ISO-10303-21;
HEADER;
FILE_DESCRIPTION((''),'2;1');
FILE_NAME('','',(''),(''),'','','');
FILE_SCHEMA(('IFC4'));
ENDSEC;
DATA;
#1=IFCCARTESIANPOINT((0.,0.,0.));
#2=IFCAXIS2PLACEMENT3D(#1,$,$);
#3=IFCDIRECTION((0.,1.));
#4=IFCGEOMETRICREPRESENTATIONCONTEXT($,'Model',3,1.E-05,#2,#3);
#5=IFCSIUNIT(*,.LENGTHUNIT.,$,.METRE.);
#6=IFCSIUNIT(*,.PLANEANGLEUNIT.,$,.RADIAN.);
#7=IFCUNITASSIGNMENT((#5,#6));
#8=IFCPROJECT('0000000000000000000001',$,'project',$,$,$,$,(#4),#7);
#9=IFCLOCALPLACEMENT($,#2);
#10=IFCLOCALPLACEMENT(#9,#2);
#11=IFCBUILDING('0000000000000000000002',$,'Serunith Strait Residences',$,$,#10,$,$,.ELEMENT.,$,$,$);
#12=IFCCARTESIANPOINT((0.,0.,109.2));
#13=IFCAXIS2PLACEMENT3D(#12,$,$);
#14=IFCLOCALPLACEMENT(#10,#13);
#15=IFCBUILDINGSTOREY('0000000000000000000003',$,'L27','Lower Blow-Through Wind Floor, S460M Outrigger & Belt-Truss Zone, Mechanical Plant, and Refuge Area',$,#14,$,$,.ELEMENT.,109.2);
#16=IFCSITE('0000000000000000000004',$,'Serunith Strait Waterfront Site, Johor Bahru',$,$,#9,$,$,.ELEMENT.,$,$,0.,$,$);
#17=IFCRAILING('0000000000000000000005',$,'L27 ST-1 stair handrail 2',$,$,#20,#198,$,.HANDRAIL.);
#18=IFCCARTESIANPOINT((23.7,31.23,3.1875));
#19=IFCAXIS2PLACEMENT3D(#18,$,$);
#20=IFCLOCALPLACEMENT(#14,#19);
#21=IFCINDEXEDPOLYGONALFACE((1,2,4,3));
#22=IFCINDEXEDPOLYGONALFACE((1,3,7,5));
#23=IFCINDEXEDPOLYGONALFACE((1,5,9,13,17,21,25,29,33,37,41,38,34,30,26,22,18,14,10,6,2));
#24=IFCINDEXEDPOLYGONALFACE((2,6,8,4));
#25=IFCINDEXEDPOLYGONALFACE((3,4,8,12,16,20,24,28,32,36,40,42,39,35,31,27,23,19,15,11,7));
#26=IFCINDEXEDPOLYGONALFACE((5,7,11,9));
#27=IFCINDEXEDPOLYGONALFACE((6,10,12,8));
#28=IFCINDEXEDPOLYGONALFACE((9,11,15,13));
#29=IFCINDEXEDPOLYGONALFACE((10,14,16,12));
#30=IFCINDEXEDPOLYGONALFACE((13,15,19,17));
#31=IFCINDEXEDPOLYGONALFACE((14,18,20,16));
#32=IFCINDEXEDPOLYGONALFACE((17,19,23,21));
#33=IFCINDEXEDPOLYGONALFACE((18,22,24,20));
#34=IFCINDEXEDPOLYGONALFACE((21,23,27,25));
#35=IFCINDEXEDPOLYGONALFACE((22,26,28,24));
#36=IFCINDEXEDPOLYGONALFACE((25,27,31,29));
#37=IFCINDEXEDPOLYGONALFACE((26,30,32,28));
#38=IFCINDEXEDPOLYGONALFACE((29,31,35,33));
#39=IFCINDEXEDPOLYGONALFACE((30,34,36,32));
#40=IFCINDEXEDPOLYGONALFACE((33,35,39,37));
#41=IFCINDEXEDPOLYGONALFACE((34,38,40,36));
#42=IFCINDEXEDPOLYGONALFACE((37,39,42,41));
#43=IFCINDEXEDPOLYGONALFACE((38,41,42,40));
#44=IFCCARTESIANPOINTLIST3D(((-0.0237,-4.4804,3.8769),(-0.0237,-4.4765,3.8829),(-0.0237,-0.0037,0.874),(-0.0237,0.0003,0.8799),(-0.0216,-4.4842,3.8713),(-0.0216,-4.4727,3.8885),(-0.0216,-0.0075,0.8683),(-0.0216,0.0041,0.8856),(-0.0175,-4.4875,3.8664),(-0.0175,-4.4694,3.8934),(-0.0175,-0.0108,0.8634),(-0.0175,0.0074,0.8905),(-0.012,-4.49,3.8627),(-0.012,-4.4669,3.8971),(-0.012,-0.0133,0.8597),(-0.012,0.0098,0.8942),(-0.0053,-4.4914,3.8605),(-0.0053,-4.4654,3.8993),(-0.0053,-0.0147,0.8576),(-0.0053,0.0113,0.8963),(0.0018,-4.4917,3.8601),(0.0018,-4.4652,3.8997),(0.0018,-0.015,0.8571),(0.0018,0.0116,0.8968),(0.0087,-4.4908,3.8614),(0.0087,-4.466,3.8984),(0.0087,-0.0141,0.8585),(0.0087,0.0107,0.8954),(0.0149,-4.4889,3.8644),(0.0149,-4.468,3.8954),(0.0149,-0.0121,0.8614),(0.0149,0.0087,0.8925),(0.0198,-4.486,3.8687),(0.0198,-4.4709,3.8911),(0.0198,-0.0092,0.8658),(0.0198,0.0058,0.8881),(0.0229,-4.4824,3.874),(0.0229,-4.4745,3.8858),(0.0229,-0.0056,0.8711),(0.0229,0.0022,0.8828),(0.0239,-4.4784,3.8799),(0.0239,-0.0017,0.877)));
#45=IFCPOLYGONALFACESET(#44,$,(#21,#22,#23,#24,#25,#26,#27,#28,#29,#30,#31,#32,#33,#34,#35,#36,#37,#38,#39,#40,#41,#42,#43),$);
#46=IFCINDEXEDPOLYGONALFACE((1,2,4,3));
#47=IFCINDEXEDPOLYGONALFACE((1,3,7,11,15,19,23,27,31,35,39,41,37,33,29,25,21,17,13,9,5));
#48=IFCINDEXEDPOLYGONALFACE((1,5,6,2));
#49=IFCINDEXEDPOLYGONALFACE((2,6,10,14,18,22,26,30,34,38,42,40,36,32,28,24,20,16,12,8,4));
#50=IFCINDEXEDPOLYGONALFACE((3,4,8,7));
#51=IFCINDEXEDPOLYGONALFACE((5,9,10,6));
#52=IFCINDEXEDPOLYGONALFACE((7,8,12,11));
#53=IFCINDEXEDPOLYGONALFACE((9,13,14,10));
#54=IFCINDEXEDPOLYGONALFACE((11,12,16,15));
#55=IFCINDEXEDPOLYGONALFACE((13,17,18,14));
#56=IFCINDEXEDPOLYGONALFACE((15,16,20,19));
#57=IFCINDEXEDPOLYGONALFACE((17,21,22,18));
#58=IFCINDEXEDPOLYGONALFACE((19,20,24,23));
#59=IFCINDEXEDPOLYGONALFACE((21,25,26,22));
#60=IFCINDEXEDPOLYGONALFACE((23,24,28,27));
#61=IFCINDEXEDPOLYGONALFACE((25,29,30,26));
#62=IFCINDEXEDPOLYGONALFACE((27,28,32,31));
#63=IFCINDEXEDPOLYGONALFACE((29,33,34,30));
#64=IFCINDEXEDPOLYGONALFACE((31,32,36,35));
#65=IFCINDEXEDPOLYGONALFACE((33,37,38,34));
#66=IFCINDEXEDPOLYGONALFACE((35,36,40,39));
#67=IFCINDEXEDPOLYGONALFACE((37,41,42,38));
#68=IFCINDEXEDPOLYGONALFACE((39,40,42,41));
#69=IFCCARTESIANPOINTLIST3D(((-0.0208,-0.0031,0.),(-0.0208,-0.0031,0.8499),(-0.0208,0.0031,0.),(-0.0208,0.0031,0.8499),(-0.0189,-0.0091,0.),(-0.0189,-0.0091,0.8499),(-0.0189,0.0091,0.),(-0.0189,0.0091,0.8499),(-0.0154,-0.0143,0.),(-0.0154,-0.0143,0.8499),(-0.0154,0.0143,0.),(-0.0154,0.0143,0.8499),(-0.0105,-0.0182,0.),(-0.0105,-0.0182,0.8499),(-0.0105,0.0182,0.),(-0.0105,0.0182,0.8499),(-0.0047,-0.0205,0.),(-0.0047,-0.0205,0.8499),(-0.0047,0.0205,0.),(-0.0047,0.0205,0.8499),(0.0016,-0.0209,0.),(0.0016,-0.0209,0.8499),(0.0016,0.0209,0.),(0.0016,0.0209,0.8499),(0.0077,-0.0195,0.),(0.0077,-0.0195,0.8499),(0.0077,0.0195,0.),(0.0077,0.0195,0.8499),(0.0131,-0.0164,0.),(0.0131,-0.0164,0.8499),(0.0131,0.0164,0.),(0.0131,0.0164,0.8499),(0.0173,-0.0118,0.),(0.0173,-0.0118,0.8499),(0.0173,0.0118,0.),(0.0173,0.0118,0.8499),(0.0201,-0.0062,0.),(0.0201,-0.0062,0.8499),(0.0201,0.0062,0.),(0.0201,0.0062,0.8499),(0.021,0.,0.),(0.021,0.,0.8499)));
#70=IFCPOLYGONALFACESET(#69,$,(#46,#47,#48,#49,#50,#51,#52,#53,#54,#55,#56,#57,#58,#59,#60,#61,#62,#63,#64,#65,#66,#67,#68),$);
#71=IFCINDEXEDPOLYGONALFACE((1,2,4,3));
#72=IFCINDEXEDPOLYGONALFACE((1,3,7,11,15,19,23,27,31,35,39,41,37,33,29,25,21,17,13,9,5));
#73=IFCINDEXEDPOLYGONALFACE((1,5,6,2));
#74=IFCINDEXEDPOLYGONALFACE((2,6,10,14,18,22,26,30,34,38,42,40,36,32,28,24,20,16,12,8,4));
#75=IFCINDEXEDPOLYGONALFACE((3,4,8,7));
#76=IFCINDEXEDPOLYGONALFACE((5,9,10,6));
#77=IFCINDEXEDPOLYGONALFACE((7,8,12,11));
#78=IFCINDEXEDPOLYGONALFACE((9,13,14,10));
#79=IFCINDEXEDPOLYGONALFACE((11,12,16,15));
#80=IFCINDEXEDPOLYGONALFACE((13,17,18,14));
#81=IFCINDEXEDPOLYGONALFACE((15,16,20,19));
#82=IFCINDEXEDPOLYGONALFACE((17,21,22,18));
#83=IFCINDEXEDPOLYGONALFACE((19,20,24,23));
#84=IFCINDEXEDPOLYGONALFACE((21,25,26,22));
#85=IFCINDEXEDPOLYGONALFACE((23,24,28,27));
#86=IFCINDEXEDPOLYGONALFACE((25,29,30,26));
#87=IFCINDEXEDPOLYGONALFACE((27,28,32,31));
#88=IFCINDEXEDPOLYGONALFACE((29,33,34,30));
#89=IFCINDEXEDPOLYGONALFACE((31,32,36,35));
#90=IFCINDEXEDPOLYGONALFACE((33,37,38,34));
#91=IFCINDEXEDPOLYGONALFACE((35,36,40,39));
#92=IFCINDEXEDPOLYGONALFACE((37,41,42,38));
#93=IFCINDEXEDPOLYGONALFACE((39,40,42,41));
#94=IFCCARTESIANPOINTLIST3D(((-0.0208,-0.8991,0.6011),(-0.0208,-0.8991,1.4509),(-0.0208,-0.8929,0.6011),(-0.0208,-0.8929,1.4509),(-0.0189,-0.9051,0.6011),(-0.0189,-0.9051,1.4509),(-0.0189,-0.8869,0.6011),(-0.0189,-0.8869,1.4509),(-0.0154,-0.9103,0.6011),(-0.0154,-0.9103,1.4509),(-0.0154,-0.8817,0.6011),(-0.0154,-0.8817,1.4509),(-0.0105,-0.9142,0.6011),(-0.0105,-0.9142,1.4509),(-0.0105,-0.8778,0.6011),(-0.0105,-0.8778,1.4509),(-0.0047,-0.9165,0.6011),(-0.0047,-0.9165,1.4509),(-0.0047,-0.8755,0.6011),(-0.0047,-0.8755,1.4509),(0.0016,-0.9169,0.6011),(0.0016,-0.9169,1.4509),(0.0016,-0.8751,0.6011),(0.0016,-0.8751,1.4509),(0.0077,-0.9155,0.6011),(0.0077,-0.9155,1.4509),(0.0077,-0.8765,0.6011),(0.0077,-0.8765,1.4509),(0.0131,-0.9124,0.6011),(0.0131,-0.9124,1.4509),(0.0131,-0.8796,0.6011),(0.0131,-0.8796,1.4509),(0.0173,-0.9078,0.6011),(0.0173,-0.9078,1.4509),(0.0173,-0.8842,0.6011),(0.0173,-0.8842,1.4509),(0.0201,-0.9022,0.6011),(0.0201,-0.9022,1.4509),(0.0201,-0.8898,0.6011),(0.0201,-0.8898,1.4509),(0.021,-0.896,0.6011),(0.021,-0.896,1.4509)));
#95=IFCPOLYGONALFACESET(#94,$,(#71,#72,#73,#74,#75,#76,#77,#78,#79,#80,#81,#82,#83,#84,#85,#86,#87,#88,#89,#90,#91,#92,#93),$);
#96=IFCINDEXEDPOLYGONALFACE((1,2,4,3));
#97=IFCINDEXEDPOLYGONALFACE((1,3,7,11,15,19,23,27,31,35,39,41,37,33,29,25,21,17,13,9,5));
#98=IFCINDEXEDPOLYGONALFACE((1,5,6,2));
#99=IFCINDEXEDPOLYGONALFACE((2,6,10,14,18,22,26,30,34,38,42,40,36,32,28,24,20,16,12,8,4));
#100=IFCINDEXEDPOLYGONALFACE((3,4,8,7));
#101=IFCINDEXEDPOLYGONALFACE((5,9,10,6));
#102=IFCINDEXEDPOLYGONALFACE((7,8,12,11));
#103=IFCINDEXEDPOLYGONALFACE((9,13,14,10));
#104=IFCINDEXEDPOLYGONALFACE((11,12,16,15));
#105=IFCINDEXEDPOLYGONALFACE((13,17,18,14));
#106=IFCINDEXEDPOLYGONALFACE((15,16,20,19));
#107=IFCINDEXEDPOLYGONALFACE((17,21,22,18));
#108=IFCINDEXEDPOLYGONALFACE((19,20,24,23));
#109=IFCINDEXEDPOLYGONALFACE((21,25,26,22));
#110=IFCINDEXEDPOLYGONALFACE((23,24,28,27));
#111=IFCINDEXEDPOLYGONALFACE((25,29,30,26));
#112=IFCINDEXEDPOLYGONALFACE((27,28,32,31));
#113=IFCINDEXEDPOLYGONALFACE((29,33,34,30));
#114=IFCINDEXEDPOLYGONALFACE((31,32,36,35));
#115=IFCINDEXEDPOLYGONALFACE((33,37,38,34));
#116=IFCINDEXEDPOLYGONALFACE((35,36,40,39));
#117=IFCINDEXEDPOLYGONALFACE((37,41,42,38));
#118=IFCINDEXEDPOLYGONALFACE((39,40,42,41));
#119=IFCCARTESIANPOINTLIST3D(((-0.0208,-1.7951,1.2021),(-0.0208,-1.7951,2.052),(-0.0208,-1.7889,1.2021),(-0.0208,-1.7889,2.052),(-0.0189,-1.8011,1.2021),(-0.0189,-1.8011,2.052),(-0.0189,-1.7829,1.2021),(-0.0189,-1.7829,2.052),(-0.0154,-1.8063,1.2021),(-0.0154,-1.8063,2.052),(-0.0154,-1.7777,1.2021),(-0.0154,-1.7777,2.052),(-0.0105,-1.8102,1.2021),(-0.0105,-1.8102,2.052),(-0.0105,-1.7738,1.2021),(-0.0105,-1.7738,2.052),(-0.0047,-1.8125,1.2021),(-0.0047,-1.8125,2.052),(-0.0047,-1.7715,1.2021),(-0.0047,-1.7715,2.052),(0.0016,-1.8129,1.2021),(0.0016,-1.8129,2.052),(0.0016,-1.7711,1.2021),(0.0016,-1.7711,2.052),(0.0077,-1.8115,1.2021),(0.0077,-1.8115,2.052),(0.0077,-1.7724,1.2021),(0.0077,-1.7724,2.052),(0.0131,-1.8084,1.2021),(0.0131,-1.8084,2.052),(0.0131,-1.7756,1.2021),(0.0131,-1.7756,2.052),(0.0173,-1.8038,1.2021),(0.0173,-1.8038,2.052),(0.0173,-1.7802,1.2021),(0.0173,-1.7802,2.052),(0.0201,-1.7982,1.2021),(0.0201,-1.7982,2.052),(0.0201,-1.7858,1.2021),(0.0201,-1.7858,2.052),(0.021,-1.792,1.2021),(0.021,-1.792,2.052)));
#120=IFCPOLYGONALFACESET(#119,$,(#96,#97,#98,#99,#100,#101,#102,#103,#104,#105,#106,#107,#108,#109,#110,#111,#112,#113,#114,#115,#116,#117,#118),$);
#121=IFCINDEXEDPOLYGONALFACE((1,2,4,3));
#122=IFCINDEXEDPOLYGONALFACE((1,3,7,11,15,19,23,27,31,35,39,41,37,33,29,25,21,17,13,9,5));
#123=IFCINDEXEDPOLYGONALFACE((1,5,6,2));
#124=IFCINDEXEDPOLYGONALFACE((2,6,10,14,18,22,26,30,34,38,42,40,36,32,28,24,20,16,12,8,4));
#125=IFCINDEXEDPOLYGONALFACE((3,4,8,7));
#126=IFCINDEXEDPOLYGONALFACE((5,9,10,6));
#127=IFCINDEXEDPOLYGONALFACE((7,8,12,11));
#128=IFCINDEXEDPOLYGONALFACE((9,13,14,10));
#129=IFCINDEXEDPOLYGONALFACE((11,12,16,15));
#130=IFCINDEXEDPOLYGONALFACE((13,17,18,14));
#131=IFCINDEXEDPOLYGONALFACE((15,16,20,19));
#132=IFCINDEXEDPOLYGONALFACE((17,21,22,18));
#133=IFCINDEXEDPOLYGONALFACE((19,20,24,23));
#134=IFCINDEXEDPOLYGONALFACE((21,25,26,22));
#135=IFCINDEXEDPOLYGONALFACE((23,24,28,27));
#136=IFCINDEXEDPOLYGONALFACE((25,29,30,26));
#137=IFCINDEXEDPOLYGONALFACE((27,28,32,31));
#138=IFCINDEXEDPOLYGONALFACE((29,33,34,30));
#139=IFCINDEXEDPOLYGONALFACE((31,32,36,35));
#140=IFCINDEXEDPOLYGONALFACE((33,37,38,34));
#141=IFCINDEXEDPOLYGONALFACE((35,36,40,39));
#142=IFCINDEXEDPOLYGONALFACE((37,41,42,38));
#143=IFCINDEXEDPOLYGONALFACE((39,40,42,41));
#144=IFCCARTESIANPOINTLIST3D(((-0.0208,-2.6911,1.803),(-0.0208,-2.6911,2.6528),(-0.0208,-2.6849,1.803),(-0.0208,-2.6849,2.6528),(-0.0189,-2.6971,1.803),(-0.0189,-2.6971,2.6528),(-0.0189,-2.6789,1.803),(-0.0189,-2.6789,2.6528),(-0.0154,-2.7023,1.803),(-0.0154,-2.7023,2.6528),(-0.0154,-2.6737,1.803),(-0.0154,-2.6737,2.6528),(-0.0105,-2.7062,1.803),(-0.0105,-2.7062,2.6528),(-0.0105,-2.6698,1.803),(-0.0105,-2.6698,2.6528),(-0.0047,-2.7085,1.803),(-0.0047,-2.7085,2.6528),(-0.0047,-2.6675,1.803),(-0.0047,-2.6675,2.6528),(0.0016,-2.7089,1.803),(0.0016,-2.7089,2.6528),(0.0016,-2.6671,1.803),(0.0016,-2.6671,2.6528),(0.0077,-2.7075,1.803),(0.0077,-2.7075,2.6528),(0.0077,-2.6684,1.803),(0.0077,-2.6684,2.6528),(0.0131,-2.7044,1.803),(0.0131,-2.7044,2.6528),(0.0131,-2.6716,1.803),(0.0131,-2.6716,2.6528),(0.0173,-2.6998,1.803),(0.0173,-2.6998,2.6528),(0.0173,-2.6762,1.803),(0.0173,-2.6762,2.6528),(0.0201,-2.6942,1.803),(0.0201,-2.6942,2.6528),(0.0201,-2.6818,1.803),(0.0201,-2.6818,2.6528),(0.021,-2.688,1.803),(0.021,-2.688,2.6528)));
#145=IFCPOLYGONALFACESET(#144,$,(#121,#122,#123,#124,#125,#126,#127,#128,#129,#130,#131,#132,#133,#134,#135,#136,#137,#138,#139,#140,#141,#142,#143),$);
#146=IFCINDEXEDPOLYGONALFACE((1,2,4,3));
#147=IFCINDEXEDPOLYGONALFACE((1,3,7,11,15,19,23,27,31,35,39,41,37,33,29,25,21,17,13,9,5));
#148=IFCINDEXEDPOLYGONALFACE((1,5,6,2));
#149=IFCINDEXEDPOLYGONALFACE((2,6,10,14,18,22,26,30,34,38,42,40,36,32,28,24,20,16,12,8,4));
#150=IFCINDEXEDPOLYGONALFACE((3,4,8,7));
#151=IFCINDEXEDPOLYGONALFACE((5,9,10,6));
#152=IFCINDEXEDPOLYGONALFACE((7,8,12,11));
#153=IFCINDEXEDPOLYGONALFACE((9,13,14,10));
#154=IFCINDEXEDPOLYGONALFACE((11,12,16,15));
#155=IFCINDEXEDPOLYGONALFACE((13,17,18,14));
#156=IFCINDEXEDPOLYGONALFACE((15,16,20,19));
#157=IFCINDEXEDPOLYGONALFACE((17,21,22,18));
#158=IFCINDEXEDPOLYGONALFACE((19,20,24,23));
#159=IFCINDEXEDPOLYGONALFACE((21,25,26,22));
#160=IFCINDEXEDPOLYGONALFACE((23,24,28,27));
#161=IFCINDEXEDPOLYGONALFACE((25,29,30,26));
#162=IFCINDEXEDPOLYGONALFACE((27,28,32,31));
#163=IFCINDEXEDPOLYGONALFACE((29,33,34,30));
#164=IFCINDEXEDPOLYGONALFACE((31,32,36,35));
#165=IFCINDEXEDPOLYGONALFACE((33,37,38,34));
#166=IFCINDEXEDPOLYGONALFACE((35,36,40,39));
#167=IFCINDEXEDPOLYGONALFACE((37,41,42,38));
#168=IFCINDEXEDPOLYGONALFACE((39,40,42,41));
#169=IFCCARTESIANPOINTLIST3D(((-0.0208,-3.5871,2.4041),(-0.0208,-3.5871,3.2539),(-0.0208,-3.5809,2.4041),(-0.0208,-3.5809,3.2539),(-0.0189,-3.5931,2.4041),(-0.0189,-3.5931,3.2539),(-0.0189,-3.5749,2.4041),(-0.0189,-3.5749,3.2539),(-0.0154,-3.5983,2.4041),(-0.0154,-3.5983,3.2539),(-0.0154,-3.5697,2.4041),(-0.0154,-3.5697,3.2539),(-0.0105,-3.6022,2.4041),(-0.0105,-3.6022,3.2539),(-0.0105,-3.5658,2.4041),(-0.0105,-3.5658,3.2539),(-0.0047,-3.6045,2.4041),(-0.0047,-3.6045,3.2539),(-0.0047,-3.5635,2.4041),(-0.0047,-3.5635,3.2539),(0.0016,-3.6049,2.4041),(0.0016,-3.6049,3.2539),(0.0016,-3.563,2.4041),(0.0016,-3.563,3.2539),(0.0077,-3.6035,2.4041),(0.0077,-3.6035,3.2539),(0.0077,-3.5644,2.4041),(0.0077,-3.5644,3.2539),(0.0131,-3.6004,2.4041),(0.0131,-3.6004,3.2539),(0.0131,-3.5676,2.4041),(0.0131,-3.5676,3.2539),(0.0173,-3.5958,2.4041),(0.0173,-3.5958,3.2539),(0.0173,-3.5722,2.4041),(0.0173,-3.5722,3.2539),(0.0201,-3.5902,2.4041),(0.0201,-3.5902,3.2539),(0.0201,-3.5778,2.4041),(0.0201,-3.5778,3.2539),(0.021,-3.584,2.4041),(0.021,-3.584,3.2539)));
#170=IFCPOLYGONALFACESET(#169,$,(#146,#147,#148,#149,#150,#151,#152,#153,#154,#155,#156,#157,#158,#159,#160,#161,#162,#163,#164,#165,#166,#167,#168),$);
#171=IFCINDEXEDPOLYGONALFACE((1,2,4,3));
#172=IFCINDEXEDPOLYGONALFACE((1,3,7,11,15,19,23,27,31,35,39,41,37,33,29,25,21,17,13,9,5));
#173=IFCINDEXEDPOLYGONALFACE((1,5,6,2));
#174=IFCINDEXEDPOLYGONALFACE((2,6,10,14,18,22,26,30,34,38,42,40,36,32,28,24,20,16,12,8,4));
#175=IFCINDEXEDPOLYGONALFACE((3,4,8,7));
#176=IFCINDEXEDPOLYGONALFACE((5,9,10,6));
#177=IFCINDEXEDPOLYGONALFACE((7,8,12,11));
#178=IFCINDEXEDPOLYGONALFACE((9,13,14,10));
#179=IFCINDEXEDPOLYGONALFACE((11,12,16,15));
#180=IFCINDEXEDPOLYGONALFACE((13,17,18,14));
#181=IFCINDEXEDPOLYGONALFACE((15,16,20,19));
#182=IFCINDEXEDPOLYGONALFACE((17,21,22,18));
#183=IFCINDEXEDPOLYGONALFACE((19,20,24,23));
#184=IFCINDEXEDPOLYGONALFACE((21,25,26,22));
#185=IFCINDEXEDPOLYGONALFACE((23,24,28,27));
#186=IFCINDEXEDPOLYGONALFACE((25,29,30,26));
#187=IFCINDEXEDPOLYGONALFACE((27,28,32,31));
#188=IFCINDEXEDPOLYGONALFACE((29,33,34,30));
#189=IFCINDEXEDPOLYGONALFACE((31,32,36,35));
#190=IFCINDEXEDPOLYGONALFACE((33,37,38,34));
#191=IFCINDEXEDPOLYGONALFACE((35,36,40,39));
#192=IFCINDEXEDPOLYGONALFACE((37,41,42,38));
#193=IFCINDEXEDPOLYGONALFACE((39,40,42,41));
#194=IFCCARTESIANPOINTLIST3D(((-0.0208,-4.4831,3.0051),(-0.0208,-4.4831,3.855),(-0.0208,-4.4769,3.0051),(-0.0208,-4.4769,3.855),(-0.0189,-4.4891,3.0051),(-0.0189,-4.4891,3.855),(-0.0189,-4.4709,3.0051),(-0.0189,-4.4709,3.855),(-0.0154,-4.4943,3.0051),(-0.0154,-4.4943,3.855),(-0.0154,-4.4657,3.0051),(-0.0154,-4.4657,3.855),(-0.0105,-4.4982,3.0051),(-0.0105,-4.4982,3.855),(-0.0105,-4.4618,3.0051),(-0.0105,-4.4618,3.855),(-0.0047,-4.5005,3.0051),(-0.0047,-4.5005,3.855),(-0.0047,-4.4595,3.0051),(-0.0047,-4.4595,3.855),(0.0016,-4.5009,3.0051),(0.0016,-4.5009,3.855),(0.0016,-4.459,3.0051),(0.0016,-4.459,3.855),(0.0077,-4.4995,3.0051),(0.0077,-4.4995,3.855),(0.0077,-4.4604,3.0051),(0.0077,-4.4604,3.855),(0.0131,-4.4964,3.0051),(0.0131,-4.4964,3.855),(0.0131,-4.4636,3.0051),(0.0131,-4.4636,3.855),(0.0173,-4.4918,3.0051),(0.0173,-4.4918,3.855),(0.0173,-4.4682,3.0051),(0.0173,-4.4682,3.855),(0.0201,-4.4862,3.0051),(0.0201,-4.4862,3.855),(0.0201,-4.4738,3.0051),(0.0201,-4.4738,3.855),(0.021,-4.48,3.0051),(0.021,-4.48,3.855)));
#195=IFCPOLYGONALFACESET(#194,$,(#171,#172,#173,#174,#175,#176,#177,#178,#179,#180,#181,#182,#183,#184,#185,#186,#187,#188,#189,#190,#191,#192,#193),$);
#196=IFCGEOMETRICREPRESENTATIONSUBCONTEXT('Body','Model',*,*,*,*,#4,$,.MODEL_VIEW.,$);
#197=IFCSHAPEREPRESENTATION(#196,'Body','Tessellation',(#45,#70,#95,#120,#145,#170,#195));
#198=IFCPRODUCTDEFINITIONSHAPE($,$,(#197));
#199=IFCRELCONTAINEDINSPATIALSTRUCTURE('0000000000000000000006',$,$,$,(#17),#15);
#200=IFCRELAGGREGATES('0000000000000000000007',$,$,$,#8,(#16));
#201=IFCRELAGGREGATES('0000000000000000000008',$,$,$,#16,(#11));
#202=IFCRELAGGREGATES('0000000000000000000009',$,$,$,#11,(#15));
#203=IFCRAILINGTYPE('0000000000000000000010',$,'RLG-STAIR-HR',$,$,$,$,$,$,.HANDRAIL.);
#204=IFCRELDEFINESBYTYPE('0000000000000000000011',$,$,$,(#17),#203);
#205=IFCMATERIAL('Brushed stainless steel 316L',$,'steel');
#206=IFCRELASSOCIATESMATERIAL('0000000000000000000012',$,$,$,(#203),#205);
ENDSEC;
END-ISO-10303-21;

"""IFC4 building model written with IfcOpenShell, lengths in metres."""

from ifc_helpers import new_model, si_unit, direction, frame, origin, origin_2d, place, context, subcontext, project, spatial, circle, extrude, material, type_object, element, save


model = new_model("IFC4")

# Units and contexts
model_context = context("Model", 3, precision=1e-05, world=origin(), true_north=direction((0.0, 1.0)))
body_context = subcontext(model_context, "Body", "Model", "MODEL_VIEW")
ifc_project = project(units=[si_unit("LENGTHUNIT", "METRE"), si_unit("PLANEANGLEUNIT", "RADIAN")], contexts=[model_context])

# Site, building, storey
site_placement = place(None, origin())
site = spatial("IfcSite", under=ifc_project, at=site_placement, Name="Serunith Strait Waterfront Site, Johor Bahru", CompositionType="ELEMENT", RefElevation=0.0)
building_placement = place(site_placement, origin())
building = spatial("IfcBuilding", under=site, at=building_placement, Name="Serunith Strait Residences", CompositionType="ELEMENT")
storey_placement = place(building_placement, frame((0.0, 0.0, 109.2)))
storey = spatial("IfcBuildingStorey", under=building, at=storey_placement, Name="L27", Description="Lower Blow-Through Wind Floor, S460M Outrigger & Belt-Truss Zone, Mechanical Plant, and Refuge Area", CompositionType="ELEMENT", Elevation=109.2)

# Railing
ifc_material_1 = material(Name="Brushed stainless steel 316L", Category="steel")
railing_type_1 = type_object("IfcRailingType", Name="RLG-STAIR-HR", PredefinedType="HANDRAIL", material=ifc_material_1)
railing_1_placement = place(storey_placement, frame((23.7, 31.23, 3.1875)))
element("IfcRailing", 1, at=railing_1_placement, inside=storey, type_object=railing_type_1, Name="L27 ST-1 stair handrail 2", PredefinedType="HANDRAIL", context=body_context, shape_type="SweptSolid", body=[
    extrude(circle(Radius=0.0239, at=origin_2d()), frame((0.0, -0.0017, 0.877), z_axis=(0.0, -0.830466, 0.557069), x_axis=(1.0, 0.0, 0.0)), (0.0, 0.0, 1.0), 5.3906),
    extrude(circle(Radius=0.021, at=origin_2d()), origin(), (0.0, 0.0, 1.0), 0.8499),
    extrude(circle(Radius=0.021, at=origin_2d()), frame((0.0, -0.896, 0.6011)), (0.0, 0.0, 1.0), 0.8499),
    extrude(circle(Radius=0.021, at=origin_2d()), frame((0.0, -1.792, 1.2021)), (0.0, 0.0, 1.0), 0.8499),
    extrude(circle(Radius=0.021, at=origin_2d()), frame((0.0, -2.688, 1.803)), (0.0, 0.0, 1.0), 0.8499),
    extrude(circle(Radius=0.021, at=origin_2d()), frame((0.0, -3.584, 2.4041)), (0.0, 0.0, 1.0), 0.8499),
    extrude(circle(Radius=0.021, at=origin_2d()), frame((0.0, -4.48, 3.0051)), (0.0, 0.0, 1.0), 0.8499),
])

save(model, "model.ifc")
